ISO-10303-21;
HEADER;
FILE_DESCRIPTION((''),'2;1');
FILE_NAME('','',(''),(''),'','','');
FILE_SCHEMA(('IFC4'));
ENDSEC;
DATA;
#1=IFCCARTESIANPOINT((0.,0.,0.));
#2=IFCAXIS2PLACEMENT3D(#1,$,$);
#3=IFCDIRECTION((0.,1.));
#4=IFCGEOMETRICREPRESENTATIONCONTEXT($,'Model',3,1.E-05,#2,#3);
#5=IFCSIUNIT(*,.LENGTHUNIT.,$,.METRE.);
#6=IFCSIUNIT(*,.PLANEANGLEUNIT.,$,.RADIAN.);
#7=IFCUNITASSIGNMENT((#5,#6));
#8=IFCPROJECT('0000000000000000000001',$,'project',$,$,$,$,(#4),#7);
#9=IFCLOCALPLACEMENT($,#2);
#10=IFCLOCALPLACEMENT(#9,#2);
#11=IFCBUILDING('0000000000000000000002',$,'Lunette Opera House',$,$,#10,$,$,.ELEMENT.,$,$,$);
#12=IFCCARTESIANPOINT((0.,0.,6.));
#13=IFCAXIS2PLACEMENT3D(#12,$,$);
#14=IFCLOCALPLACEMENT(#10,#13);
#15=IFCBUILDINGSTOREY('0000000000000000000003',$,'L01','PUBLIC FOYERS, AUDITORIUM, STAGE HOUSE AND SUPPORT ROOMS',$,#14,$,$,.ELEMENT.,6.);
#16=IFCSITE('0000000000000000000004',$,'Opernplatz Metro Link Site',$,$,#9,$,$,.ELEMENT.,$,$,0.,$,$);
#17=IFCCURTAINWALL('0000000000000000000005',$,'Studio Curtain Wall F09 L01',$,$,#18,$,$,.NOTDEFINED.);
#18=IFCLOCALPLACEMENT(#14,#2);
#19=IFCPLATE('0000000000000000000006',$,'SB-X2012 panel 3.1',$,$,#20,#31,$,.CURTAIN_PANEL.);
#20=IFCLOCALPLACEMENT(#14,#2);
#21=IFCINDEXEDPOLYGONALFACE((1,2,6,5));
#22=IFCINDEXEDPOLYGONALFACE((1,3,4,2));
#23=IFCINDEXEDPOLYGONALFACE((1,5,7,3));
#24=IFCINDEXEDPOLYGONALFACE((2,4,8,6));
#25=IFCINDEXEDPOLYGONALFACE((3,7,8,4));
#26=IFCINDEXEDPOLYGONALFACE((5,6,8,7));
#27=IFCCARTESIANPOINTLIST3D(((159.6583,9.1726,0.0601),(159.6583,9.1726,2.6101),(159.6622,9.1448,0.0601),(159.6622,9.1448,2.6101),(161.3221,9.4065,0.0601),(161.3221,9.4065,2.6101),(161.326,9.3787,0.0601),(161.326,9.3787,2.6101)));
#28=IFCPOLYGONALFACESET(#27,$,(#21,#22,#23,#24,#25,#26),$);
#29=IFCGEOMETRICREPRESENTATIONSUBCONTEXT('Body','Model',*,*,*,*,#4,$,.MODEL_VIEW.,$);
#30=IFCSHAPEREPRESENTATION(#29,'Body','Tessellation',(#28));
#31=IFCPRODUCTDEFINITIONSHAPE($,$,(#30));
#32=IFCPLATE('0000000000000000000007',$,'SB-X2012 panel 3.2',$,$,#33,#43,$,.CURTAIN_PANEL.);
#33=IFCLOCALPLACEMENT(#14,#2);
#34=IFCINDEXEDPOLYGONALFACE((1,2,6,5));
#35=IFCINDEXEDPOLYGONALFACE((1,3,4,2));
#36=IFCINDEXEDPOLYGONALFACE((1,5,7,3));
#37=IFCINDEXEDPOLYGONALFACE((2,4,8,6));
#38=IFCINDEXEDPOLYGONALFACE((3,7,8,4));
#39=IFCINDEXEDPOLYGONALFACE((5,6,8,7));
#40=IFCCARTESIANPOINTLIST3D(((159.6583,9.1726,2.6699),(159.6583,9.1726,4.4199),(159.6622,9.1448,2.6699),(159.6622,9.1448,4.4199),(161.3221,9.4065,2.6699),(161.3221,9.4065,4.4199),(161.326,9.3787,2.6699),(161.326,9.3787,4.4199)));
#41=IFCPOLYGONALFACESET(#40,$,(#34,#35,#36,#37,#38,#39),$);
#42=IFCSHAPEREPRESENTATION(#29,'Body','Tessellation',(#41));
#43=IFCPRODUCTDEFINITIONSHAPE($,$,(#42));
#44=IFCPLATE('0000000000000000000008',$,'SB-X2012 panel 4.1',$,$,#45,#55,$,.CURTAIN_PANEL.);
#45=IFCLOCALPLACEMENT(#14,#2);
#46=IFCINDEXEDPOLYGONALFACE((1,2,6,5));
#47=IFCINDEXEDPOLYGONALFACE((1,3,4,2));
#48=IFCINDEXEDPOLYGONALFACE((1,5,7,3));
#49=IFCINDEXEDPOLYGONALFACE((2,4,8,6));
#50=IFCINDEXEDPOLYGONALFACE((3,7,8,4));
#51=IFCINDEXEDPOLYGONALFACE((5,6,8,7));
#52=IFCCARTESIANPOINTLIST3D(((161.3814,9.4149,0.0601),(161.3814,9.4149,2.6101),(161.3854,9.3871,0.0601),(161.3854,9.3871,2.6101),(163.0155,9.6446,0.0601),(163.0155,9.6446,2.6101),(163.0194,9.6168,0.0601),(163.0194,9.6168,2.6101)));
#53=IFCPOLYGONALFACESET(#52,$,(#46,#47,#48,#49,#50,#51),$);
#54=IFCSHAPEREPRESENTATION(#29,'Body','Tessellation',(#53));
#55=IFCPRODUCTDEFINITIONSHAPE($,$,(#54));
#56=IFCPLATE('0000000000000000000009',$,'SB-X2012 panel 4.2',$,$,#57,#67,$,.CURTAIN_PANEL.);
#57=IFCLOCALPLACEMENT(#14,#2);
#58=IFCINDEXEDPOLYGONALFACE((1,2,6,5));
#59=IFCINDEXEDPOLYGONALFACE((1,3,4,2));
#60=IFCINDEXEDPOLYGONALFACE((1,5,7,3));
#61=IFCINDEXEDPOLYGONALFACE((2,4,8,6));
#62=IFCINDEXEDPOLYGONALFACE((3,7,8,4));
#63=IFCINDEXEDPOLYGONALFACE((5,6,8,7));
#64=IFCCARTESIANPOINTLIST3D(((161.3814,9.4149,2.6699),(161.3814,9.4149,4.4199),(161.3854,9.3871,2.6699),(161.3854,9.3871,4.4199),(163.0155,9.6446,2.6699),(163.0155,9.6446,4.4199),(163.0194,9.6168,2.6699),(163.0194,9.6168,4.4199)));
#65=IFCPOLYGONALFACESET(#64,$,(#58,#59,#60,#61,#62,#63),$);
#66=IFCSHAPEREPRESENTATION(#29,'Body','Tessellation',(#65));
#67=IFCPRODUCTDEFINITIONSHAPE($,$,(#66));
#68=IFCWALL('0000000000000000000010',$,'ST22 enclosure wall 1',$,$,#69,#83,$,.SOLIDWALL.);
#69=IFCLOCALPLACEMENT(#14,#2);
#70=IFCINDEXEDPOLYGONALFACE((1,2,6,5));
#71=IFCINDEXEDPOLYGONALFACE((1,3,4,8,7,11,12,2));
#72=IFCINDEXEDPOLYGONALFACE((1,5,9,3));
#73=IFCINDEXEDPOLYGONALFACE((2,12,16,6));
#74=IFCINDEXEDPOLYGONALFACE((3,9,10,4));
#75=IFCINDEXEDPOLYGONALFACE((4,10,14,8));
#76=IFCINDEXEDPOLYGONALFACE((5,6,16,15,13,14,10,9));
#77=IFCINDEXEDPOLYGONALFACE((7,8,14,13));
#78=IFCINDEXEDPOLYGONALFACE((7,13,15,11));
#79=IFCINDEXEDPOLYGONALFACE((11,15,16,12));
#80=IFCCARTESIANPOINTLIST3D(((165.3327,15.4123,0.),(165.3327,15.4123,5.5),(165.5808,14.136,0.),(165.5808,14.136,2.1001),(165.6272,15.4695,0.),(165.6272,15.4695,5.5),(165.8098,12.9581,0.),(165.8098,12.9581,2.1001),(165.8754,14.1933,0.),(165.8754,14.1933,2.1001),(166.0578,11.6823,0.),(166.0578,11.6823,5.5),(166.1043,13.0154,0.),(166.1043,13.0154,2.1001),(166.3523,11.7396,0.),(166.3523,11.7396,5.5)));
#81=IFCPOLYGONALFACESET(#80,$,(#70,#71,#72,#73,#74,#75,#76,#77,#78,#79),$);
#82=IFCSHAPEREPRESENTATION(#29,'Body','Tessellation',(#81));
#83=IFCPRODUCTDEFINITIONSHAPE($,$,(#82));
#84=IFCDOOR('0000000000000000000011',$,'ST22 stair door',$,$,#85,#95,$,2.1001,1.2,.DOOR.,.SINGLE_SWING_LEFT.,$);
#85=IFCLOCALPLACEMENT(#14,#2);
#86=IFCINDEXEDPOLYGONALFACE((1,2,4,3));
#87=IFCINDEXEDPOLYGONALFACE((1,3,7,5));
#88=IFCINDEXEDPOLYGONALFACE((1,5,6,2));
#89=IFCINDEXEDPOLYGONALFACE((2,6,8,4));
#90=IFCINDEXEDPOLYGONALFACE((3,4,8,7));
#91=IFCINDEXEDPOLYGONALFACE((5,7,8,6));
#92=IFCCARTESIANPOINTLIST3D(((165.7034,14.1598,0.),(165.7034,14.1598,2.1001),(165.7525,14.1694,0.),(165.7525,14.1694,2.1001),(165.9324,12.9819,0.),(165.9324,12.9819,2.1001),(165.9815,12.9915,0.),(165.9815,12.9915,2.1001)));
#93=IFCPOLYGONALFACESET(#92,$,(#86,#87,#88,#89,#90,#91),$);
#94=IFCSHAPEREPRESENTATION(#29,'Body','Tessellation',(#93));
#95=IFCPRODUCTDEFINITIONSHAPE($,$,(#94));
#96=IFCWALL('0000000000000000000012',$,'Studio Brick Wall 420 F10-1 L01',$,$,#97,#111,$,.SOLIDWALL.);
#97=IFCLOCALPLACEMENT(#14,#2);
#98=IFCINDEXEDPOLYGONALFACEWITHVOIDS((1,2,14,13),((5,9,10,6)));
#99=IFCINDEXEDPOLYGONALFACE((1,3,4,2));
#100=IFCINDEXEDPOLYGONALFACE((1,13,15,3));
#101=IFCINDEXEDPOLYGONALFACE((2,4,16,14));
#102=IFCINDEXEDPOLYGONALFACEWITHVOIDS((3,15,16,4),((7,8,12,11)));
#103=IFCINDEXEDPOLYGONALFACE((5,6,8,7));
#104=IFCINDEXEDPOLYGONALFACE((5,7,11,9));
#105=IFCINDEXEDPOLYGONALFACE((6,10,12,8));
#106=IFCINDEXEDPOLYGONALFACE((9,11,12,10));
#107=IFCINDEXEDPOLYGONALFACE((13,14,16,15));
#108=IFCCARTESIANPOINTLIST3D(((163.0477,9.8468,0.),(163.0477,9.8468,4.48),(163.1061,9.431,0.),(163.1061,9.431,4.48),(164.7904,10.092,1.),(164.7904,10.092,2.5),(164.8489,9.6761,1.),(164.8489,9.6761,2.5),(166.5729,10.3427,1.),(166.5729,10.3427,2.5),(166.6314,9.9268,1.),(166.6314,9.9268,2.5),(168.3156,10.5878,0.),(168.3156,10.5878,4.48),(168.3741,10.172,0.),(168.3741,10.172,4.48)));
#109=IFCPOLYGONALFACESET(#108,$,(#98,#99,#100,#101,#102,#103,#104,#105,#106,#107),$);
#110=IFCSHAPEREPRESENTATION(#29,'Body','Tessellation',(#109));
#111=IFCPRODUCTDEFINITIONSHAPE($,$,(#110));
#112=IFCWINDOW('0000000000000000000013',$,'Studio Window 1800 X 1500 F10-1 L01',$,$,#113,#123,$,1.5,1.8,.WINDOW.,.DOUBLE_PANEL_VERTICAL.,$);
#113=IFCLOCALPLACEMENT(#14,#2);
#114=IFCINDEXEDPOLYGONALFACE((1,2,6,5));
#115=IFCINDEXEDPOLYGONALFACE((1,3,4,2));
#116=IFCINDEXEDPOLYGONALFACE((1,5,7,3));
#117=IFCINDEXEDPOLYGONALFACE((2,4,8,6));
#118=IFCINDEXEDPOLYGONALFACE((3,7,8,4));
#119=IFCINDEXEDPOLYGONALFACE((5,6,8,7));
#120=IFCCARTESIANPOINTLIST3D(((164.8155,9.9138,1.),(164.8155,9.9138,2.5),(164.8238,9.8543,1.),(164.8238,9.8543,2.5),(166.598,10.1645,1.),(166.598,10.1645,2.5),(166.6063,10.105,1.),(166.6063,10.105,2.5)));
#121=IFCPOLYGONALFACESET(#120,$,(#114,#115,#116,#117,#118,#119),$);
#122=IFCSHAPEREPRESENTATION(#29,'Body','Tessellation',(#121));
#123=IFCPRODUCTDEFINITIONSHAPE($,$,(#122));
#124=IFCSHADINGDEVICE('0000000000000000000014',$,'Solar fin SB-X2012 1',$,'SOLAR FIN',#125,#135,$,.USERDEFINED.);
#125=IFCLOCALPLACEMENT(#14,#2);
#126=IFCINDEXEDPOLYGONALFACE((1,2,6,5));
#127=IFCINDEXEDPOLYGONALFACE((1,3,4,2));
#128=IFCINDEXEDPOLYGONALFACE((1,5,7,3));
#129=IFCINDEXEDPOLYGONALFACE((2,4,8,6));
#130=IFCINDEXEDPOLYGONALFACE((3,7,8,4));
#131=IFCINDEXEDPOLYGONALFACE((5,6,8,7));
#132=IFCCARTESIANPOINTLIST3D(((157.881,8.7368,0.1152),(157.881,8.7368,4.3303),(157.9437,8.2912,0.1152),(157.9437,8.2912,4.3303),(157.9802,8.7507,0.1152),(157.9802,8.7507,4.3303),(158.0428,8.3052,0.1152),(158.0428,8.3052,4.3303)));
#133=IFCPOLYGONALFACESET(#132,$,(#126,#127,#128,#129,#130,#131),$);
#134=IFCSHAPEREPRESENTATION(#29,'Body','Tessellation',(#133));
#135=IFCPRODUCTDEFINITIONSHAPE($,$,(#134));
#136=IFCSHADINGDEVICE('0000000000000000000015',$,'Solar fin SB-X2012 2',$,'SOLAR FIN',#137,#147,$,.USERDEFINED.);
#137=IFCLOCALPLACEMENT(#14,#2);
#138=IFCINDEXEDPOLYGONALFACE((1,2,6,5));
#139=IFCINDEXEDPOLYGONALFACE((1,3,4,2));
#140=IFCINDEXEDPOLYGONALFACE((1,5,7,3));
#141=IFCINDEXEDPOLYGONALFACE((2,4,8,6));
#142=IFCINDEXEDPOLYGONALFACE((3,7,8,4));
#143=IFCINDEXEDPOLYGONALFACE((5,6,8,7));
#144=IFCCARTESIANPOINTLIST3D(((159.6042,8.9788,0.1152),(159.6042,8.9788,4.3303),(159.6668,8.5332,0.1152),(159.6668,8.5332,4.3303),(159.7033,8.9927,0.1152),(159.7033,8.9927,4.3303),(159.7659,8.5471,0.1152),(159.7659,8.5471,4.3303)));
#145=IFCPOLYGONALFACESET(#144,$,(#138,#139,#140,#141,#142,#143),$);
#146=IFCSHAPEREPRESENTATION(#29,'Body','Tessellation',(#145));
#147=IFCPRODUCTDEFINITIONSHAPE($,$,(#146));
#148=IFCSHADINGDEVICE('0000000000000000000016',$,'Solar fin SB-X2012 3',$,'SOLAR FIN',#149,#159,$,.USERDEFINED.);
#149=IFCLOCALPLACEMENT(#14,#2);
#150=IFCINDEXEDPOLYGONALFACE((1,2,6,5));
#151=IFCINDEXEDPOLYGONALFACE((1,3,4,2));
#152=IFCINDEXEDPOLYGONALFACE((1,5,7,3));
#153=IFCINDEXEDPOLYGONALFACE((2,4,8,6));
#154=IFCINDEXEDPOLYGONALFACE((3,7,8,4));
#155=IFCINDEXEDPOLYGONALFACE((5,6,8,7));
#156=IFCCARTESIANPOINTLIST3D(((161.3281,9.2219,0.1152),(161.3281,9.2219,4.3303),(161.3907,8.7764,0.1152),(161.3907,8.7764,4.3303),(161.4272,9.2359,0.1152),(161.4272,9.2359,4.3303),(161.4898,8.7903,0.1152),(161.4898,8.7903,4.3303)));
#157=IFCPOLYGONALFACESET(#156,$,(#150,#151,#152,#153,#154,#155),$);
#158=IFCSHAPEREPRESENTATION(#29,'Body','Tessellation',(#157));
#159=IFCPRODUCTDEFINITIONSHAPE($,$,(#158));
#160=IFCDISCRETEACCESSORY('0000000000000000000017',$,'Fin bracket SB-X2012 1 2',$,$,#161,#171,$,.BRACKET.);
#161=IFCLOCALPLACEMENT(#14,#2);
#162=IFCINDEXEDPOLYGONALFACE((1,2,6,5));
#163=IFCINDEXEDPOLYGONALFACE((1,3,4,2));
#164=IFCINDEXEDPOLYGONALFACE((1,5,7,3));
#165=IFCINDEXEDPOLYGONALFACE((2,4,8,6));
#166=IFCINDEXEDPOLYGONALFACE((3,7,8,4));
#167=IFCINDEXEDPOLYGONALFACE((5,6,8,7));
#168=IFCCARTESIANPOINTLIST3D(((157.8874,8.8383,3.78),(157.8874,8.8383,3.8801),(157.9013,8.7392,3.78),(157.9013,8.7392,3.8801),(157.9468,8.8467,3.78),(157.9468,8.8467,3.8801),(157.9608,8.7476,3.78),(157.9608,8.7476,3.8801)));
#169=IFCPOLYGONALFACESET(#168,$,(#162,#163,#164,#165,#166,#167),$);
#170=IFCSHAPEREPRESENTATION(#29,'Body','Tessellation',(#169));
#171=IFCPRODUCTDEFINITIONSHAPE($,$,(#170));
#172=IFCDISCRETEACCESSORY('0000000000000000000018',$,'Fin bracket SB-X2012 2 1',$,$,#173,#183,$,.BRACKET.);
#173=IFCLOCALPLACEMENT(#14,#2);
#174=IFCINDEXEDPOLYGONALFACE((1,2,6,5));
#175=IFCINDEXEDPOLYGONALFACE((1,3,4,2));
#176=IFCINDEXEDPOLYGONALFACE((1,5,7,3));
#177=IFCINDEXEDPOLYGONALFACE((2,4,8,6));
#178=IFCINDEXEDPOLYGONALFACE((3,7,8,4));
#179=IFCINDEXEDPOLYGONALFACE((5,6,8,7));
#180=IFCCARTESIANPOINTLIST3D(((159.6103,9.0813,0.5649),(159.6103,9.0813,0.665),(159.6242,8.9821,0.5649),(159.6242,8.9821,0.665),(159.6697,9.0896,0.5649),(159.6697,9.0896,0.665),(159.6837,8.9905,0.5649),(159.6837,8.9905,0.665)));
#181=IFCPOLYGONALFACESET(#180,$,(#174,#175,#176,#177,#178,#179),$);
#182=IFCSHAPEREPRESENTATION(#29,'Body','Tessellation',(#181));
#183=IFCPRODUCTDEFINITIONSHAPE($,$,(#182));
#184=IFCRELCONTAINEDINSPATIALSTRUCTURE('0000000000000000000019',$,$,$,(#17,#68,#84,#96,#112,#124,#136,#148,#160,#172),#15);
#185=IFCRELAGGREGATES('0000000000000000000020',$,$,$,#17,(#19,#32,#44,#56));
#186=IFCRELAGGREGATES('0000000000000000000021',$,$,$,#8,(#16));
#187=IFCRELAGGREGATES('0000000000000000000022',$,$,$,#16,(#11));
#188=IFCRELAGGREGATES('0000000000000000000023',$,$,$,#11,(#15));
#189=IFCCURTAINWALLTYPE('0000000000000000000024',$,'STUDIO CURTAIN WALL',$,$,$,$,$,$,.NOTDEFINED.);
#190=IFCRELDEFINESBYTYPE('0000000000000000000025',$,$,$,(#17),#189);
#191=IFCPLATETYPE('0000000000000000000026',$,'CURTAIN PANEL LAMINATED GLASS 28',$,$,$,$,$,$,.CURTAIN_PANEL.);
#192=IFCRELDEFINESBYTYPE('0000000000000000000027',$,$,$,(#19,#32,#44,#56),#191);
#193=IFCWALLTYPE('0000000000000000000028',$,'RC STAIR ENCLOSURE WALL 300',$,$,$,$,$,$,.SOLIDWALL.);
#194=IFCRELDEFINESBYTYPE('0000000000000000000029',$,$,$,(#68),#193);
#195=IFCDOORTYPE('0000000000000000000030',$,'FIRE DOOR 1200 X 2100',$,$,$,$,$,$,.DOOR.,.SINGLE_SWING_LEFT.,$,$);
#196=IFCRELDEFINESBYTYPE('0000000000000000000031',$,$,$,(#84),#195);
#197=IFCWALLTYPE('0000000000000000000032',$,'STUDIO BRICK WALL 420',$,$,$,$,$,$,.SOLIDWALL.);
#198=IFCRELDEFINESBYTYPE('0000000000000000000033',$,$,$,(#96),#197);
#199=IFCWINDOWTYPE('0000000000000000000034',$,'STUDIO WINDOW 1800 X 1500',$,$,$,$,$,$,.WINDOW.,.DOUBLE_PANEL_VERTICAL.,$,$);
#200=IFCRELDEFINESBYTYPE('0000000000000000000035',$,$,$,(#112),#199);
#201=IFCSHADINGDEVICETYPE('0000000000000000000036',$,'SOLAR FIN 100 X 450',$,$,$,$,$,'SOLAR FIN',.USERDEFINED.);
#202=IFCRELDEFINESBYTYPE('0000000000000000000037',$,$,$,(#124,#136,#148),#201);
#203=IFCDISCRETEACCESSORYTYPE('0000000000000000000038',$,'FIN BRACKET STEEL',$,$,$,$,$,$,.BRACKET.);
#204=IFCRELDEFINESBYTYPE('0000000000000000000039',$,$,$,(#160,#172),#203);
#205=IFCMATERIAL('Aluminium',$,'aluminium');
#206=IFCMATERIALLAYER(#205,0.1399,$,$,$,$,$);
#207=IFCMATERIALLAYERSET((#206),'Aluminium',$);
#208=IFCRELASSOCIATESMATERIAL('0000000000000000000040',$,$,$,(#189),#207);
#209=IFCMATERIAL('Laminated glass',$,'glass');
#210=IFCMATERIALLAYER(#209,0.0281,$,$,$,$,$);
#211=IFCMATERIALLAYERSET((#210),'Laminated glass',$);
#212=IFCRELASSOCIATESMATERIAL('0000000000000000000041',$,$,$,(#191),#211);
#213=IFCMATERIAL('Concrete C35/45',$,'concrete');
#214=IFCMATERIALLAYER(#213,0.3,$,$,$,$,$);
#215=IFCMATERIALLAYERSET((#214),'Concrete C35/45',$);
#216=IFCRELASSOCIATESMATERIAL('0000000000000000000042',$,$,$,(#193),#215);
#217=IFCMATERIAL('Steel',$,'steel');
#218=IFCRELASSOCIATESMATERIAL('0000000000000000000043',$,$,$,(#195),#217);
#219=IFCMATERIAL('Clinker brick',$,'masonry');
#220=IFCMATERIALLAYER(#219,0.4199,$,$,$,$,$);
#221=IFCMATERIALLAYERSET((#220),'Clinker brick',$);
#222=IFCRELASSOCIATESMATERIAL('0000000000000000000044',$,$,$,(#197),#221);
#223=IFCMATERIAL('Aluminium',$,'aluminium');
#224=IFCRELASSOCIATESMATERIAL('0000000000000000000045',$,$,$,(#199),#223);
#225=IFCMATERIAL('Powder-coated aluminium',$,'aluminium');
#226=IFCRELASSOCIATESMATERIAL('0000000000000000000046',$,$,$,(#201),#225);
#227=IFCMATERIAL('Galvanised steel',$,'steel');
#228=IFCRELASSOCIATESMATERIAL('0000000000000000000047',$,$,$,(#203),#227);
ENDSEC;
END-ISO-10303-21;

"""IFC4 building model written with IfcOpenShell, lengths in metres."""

from ifc_helpers import new_model, si_unit, direction, frame, frame_2d, origin, origin_2d, place, context, subcontext, project, spatial, rectangle, extrude, material, layer, layer_set, type_object, element, fill, aggregate, save


model = new_model("IFC4")

# Units and contexts
model_context = context("Model", 3, precision=1e-05, world=origin(), true_north=direction((0.0, 1.0)))
body_context = subcontext(model_context, "Body", "Model", "MODEL_VIEW")
ifc_project = project(units=[si_unit("LENGTHUNIT", "METRE"), si_unit("PLANEANGLEUNIT", "RADIAN")], contexts=[model_context])

# Site, building, storey
site_placement = place(None, origin())
site = spatial("IfcSite", under=ifc_project, at=site_placement, Name="Opernplatz Metro Link Site", CompositionType="ELEMENT", RefElevation=0.0)
building_placement = place(site_placement, origin())
building = spatial("IfcBuilding", under=site, at=building_placement, Name="Lunette Opera House", CompositionType="ELEMENT")
storey_placement = place(building_placement, frame((0.0, 0.0, 6.0)))
storey = spatial("IfcBuildingStorey", under=building, at=storey_placement, Name="L01", Description="PUBLIC FOYERS, AUDITORIUM, STAGE HOUSE AND SUPPORT ROOMS", CompositionType="ELEMENT", Elevation=6.0)

# Curtain wall, plates
ifc_material_1 = material(Name="Aluminium", Category="aluminium")
ifc_layer_1 = layer(ifc_material_1, 0.1399)
ifc_layer_set_1 = layer_set([ifc_layer_1], Name="Aluminium")
curtain_wall_type = type_object("IfcCurtainWallType", Name="STUDIO CURTAIN WALL", PredefinedType="NOTDEFINED", material=ifc_layer_set_1)
curtain_wall_placement = place(storey_placement, origin())
curtain_wall = element("IfcCurtainWall", 1, at=curtain_wall_placement, inside=storey, type_object=curtain_wall_type, Name="Studio Curtain Wall F09 L01", PredefinedType="NOTDEFINED")
ifc_material_2 = material(Name="Laminated glass", Category="glass")
ifc_layer_2 = layer(ifc_material_2, 0.0281)
ifc_layer_set_2 = layer_set([ifc_layer_2], Name="Laminated glass")
plate_type = type_object("IfcPlateType", Name="CURTAIN PANEL LAMINATED GLASS 28", PredefinedType="CURTAIN_PANEL", material=ifc_layer_set_2)
plate_1_placement = place(storey_placement, frame((160.4922, 9.2756, 0.0601), z_axis=(0.0, 0.0, 1.0), x_axis=(0.990263, 0.139209, 0.0)))
plate_1 = element("IfcPlate", 2, at=plate_1_placement, type_object=plate_type, Name="SB-X2012 panel 3.1", PredefinedType="CURTAIN_PANEL", context=body_context, shape_type="SweptSolid", body=[
    extrude(rectangle(XDim=1.6802, YDim=0.0281, at=origin_2d()), origin(), (0.0, 0.0, 1.0), 2.55),
])
plate_2_placement = place(storey_placement, frame((160.4922, 9.2756, 2.6699), z_axis=(0.0, 0.0, 1.0), x_axis=(0.990263, 0.139209, 0.0)))
plate_2 = element("IfcPlate", 3, at=plate_2_placement, type_object=plate_type, Name="SB-X2012 panel 3.2", PredefinedType="CURTAIN_PANEL", context=body_context, shape_type="SweptSolid", body=[
    extrude(rectangle(XDim=1.6802, YDim=0.0281, at=origin_2d()), origin(), (0.0, 0.0, 1.0), 1.75),
])
plate_3_placement = place(storey_placement, frame((162.2004, 9.5159, 0.0601), z_axis=(0.0, 0.0, 1.0), x_axis=(0.990263, 0.139209, 0.0)))
plate_3 = element("IfcPlate", 4, at=plate_3_placement, type_object=plate_type, Name="SB-X2012 panel 4.1", PredefinedType="CURTAIN_PANEL", context=body_context, shape_type="SweptSolid", body=[
    extrude(rectangle(XDim=1.6501, YDim=0.0281, at=origin_2d()), origin(), (0.0, 0.0, 1.0), 2.55),
])
plate_4_placement = place(storey_placement, frame((162.2004, 9.5159, 2.6699), z_axis=(0.0, 0.0, 1.0), x_axis=(0.990263, 0.139209, 0.0)))
plate_4 = element("IfcPlate", 5, at=plate_4_placement, type_object=plate_type, Name="SB-X2012 panel 4.2", PredefinedType="CURTAIN_PANEL", context=body_context, shape_type="SweptSolid", body=[
    extrude(rectangle(XDim=1.6501, YDim=0.0281, at=origin_2d()), origin(), (0.0, 0.0, 1.0), 1.75),
])
aggregate(curtain_wall, [plate_1, plate_2, plate_3, plate_4])

# Wall, opening, door
ifc_material_3 = material(Name="Concrete C35/45", Category="concrete")
ifc_layer_3 = layer(ifc_material_3, 0.3)
ifc_layer_set_3 = layer_set([ifc_layer_3], Name="Concrete C35/45")
wall_type_1 = type_object("IfcWallType", Name="RC STAIR ENCLOSURE WALL 300", PredefinedType="SOLIDWALL", material=ifc_layer_set_3)
wall_1_placement = place(storey_placement, frame((165.48, 15.4409, 0.0), z_axis=(0.0, 0.0, 1.0), x_axis=(0.190825, -0.981624, 0.0)))
wall_1 = element("IfcWall", 6, at=wall_1_placement, inside=storey, type_object=wall_type_1, Name="ST22 enclosure wall 1", PredefinedType="SOLIDWALL", context=body_context, shape_type="SweptSolid", body=[
    extrude(rectangle(XDim=3.7998, YDim=0.3, at=frame_2d((1.8999, 0.0))), origin(), (0.0, 0.0, 1.0), 5.5),
])
opening_1_placement = place(wall_1_placement, frame((1.3, 0.0, 0.0)))
opening_1 = element("IfcOpeningElement", 7, at=opening_1_placement, cuts=wall_1, PredefinedType="OPENING", context=body_context, shape_type="SweptSolid", body=[
    extrude(rectangle(XDim=1.2, YDim=2.1001, at=frame_2d((0.6001, 1.05))), frame((0.0, 0.1621, 0.0), z_axis=(0.0, -1.0, 0.0), x_axis=(1.0, 0.0, 0.0)), (0.0, 0.0, 1.0), 0.324),
])
ifc_material_4 = material(Name="Steel", Category="steel")
door_type = type_object("IfcDoorType", Name="FIRE DOOR 1200 X 2100", OperationType="SINGLE_SWING_LEFT", PredefinedType="DOOR", material=ifc_material_4)
door_placement = place(opening_1_placement, origin())
door = element("IfcDoor", 8, at=door_placement, inside=storey, type_object=door_type, Name="ST22 stair door", OperationType="SINGLE_SWING_LEFT", OverallHeight=2.1001, OverallWidth=1.2, PredefinedType="DOOR", context=body_context, shape_type="SweptSolid", body=[
    extrude(rectangle(XDim=1.2, YDim=2.1001, at=frame_2d((0.6001, 1.05))), frame((0.0, 0.0249, 0.0), z_axis=(0.0, -1.0, 0.0), x_axis=(1.0, 0.0, 0.0)), (0.0, 0.0, 1.0), 0.05),
])
fill(opening_1, door)

# Wall, opening, window
ifc_material_5 = material(Name="Clinker brick", Category="masonry")
ifc_layer_4 = layer(ifc_material_5, 0.4199)
ifc_layer_set_4 = layer_set([ifc_layer_4], Name="Clinker brick")
wall_type_2 = type_object("IfcWallType", Name="STUDIO BRICK WALL 420", PredefinedType="SOLIDWALL", material=ifc_layer_set_4)
wall_2_placement = place(storey_placement, frame((163.0769, 9.6389, 0.0), z_axis=(0.0, 0.0, 1.0), x_axis=(0.990253, 0.139282, 0.0)))
wall_2 = element("IfcWall", 9, at=wall_2_placement, inside=storey, type_object=wall_type_2, Name="Studio Brick Wall 420 F10-1 L01", PredefinedType="SOLIDWALL", context=body_context, shape_type="SweptSolid", body=[
    extrude(rectangle(XDim=5.3198, YDim=0.4199, at=frame_2d((2.6599, 0.0))), origin(), (0.0, 0.0, 1.0), 4.48),
])
opening_2_placement = place(wall_2_placement, frame((1.76, 0.0, 1.0)))
opening_2 = element("IfcOpeningElement", 10, at=opening_2_placement, cuts=wall_2, PredefinedType="OPENING", context=body_context, shape_type="SweptSolid", body=[
    extrude(rectangle(XDim=1.8, YDim=1.5, at=frame_2d((0.8999, 0.75))), frame((0.0, 0.2219, 0.0), z_axis=(0.0, -1.0, 0.0), x_axis=(1.0, 0.0, 0.0)), (0.0, 0.0, 1.0), 0.4438),
])
ifc_material_6 = material(Name="Aluminium", Category="aluminium")
window_type = type_object("IfcWindowType", Name="STUDIO WINDOW 1800 X 1500", PartitioningType="DOUBLE_PANEL_VERTICAL", PredefinedType="WINDOW", material=ifc_material_6)
window_placement = place(opening_2_placement, origin())
window = element("IfcWindow", 11, at=window_placement, inside=storey, type_object=window_type, Name="Studio Window 1800 X 1500 F10-1 L01", OverallHeight=1.5, OverallWidth=1.8, PartitioningType="DOUBLE_PANEL_VERTICAL", PredefinedType="WINDOW", context=body_context, shape_type="SweptSolid", body=[
    extrude(rectangle(XDim=1.8, YDim=1.5, at=frame_2d((0.8999, 0.75))), frame((0.0, 0.03, 0.0), z_axis=(0.0, -1.0, 0.0), x_axis=(1.0, 0.0, 0.0)), (0.0, 0.0, 1.0), 0.0601),
])
fill(opening_2, window)

# Shading devices
ifc_material_7 = material(Name="Powder-coated aluminium", Category="aluminium")
shading_device_type = type_object("IfcShadingDeviceType", Name="SOLAR FIN 100 X 450", ElementType="SOLAR FIN", PredefinedType="USERDEFINED", material=ifc_material_7)
for number, where, z_axis, x_axis, name in (
    (12, (157.9619, 8.521, 0.1152), (0.0, 0.0, 1.0), (0.139209, -0.990263, 0.0), "Solar fin SB-X2012 1"),
    (13, (159.6851, 8.7629, 0.1152), (0.0, 0.0, 1.0), (0.139209, -0.990263, 0.0), "Solar fin SB-X2012 2"),
    (14, (161.4089, 9.0061, 0.1152), (0.0, 0.0, 1.0), (0.139209, -0.990263, 0.0), "Solar fin SB-X2012 3"),
):
    element("IfcShadingDevice", number, at=place(storey_placement, frame(where, z_axis=z_axis, x_axis=x_axis)), inside=storey, type_object=shading_device_type, Name=name, ObjectType="SOLAR FIN", PredefinedType="USERDEFINED", context=body_context, shape_type="SweptSolid", body=[
        extrude(rectangle(XDim=0.45, YDim=0.1001, at=origin_2d()), origin(), (0.0, 0.0, 1.0), 4.2151),
    ])

# Discrete accessories
ifc_material_8 = material(Name="Galvanised steel", Category="steel")
discrete_accessory_type = type_object("IfcDiscreteAccessoryType", Name="FIN BRACKET STEEL", PredefinedType="BRACKET", material=ifc_material_8)
for number, where, z_axis, x_axis, name in (
    (15, (157.9241, 8.793, 3.78), (0.0, 0.0, 1.0), (0.139209, -0.990263, 0.0), "Fin bracket SB-X2012 1 2"),
    (16, (159.647, 9.0359, 0.5649), (0.0, 0.0, 1.0), (0.139209, -0.990263, 0.0), "Fin bracket SB-X2012 2 1"),
):
    element("IfcDiscreteAccessory", number, at=place(storey_placement, frame(where, z_axis=z_axis, x_axis=x_axis)), inside=storey, type_object=discrete_accessory_type, Name=name, PredefinedType="BRACKET", context=body_context, shape_type="SweptSolid", body=[
        extrude(rectangle(XDim=0.1001, YDim=0.0601, at=origin_2d()), origin(), (0.0, 0.0, 1.0), 0.1001),
    ])

save(model, "model.ifc")
